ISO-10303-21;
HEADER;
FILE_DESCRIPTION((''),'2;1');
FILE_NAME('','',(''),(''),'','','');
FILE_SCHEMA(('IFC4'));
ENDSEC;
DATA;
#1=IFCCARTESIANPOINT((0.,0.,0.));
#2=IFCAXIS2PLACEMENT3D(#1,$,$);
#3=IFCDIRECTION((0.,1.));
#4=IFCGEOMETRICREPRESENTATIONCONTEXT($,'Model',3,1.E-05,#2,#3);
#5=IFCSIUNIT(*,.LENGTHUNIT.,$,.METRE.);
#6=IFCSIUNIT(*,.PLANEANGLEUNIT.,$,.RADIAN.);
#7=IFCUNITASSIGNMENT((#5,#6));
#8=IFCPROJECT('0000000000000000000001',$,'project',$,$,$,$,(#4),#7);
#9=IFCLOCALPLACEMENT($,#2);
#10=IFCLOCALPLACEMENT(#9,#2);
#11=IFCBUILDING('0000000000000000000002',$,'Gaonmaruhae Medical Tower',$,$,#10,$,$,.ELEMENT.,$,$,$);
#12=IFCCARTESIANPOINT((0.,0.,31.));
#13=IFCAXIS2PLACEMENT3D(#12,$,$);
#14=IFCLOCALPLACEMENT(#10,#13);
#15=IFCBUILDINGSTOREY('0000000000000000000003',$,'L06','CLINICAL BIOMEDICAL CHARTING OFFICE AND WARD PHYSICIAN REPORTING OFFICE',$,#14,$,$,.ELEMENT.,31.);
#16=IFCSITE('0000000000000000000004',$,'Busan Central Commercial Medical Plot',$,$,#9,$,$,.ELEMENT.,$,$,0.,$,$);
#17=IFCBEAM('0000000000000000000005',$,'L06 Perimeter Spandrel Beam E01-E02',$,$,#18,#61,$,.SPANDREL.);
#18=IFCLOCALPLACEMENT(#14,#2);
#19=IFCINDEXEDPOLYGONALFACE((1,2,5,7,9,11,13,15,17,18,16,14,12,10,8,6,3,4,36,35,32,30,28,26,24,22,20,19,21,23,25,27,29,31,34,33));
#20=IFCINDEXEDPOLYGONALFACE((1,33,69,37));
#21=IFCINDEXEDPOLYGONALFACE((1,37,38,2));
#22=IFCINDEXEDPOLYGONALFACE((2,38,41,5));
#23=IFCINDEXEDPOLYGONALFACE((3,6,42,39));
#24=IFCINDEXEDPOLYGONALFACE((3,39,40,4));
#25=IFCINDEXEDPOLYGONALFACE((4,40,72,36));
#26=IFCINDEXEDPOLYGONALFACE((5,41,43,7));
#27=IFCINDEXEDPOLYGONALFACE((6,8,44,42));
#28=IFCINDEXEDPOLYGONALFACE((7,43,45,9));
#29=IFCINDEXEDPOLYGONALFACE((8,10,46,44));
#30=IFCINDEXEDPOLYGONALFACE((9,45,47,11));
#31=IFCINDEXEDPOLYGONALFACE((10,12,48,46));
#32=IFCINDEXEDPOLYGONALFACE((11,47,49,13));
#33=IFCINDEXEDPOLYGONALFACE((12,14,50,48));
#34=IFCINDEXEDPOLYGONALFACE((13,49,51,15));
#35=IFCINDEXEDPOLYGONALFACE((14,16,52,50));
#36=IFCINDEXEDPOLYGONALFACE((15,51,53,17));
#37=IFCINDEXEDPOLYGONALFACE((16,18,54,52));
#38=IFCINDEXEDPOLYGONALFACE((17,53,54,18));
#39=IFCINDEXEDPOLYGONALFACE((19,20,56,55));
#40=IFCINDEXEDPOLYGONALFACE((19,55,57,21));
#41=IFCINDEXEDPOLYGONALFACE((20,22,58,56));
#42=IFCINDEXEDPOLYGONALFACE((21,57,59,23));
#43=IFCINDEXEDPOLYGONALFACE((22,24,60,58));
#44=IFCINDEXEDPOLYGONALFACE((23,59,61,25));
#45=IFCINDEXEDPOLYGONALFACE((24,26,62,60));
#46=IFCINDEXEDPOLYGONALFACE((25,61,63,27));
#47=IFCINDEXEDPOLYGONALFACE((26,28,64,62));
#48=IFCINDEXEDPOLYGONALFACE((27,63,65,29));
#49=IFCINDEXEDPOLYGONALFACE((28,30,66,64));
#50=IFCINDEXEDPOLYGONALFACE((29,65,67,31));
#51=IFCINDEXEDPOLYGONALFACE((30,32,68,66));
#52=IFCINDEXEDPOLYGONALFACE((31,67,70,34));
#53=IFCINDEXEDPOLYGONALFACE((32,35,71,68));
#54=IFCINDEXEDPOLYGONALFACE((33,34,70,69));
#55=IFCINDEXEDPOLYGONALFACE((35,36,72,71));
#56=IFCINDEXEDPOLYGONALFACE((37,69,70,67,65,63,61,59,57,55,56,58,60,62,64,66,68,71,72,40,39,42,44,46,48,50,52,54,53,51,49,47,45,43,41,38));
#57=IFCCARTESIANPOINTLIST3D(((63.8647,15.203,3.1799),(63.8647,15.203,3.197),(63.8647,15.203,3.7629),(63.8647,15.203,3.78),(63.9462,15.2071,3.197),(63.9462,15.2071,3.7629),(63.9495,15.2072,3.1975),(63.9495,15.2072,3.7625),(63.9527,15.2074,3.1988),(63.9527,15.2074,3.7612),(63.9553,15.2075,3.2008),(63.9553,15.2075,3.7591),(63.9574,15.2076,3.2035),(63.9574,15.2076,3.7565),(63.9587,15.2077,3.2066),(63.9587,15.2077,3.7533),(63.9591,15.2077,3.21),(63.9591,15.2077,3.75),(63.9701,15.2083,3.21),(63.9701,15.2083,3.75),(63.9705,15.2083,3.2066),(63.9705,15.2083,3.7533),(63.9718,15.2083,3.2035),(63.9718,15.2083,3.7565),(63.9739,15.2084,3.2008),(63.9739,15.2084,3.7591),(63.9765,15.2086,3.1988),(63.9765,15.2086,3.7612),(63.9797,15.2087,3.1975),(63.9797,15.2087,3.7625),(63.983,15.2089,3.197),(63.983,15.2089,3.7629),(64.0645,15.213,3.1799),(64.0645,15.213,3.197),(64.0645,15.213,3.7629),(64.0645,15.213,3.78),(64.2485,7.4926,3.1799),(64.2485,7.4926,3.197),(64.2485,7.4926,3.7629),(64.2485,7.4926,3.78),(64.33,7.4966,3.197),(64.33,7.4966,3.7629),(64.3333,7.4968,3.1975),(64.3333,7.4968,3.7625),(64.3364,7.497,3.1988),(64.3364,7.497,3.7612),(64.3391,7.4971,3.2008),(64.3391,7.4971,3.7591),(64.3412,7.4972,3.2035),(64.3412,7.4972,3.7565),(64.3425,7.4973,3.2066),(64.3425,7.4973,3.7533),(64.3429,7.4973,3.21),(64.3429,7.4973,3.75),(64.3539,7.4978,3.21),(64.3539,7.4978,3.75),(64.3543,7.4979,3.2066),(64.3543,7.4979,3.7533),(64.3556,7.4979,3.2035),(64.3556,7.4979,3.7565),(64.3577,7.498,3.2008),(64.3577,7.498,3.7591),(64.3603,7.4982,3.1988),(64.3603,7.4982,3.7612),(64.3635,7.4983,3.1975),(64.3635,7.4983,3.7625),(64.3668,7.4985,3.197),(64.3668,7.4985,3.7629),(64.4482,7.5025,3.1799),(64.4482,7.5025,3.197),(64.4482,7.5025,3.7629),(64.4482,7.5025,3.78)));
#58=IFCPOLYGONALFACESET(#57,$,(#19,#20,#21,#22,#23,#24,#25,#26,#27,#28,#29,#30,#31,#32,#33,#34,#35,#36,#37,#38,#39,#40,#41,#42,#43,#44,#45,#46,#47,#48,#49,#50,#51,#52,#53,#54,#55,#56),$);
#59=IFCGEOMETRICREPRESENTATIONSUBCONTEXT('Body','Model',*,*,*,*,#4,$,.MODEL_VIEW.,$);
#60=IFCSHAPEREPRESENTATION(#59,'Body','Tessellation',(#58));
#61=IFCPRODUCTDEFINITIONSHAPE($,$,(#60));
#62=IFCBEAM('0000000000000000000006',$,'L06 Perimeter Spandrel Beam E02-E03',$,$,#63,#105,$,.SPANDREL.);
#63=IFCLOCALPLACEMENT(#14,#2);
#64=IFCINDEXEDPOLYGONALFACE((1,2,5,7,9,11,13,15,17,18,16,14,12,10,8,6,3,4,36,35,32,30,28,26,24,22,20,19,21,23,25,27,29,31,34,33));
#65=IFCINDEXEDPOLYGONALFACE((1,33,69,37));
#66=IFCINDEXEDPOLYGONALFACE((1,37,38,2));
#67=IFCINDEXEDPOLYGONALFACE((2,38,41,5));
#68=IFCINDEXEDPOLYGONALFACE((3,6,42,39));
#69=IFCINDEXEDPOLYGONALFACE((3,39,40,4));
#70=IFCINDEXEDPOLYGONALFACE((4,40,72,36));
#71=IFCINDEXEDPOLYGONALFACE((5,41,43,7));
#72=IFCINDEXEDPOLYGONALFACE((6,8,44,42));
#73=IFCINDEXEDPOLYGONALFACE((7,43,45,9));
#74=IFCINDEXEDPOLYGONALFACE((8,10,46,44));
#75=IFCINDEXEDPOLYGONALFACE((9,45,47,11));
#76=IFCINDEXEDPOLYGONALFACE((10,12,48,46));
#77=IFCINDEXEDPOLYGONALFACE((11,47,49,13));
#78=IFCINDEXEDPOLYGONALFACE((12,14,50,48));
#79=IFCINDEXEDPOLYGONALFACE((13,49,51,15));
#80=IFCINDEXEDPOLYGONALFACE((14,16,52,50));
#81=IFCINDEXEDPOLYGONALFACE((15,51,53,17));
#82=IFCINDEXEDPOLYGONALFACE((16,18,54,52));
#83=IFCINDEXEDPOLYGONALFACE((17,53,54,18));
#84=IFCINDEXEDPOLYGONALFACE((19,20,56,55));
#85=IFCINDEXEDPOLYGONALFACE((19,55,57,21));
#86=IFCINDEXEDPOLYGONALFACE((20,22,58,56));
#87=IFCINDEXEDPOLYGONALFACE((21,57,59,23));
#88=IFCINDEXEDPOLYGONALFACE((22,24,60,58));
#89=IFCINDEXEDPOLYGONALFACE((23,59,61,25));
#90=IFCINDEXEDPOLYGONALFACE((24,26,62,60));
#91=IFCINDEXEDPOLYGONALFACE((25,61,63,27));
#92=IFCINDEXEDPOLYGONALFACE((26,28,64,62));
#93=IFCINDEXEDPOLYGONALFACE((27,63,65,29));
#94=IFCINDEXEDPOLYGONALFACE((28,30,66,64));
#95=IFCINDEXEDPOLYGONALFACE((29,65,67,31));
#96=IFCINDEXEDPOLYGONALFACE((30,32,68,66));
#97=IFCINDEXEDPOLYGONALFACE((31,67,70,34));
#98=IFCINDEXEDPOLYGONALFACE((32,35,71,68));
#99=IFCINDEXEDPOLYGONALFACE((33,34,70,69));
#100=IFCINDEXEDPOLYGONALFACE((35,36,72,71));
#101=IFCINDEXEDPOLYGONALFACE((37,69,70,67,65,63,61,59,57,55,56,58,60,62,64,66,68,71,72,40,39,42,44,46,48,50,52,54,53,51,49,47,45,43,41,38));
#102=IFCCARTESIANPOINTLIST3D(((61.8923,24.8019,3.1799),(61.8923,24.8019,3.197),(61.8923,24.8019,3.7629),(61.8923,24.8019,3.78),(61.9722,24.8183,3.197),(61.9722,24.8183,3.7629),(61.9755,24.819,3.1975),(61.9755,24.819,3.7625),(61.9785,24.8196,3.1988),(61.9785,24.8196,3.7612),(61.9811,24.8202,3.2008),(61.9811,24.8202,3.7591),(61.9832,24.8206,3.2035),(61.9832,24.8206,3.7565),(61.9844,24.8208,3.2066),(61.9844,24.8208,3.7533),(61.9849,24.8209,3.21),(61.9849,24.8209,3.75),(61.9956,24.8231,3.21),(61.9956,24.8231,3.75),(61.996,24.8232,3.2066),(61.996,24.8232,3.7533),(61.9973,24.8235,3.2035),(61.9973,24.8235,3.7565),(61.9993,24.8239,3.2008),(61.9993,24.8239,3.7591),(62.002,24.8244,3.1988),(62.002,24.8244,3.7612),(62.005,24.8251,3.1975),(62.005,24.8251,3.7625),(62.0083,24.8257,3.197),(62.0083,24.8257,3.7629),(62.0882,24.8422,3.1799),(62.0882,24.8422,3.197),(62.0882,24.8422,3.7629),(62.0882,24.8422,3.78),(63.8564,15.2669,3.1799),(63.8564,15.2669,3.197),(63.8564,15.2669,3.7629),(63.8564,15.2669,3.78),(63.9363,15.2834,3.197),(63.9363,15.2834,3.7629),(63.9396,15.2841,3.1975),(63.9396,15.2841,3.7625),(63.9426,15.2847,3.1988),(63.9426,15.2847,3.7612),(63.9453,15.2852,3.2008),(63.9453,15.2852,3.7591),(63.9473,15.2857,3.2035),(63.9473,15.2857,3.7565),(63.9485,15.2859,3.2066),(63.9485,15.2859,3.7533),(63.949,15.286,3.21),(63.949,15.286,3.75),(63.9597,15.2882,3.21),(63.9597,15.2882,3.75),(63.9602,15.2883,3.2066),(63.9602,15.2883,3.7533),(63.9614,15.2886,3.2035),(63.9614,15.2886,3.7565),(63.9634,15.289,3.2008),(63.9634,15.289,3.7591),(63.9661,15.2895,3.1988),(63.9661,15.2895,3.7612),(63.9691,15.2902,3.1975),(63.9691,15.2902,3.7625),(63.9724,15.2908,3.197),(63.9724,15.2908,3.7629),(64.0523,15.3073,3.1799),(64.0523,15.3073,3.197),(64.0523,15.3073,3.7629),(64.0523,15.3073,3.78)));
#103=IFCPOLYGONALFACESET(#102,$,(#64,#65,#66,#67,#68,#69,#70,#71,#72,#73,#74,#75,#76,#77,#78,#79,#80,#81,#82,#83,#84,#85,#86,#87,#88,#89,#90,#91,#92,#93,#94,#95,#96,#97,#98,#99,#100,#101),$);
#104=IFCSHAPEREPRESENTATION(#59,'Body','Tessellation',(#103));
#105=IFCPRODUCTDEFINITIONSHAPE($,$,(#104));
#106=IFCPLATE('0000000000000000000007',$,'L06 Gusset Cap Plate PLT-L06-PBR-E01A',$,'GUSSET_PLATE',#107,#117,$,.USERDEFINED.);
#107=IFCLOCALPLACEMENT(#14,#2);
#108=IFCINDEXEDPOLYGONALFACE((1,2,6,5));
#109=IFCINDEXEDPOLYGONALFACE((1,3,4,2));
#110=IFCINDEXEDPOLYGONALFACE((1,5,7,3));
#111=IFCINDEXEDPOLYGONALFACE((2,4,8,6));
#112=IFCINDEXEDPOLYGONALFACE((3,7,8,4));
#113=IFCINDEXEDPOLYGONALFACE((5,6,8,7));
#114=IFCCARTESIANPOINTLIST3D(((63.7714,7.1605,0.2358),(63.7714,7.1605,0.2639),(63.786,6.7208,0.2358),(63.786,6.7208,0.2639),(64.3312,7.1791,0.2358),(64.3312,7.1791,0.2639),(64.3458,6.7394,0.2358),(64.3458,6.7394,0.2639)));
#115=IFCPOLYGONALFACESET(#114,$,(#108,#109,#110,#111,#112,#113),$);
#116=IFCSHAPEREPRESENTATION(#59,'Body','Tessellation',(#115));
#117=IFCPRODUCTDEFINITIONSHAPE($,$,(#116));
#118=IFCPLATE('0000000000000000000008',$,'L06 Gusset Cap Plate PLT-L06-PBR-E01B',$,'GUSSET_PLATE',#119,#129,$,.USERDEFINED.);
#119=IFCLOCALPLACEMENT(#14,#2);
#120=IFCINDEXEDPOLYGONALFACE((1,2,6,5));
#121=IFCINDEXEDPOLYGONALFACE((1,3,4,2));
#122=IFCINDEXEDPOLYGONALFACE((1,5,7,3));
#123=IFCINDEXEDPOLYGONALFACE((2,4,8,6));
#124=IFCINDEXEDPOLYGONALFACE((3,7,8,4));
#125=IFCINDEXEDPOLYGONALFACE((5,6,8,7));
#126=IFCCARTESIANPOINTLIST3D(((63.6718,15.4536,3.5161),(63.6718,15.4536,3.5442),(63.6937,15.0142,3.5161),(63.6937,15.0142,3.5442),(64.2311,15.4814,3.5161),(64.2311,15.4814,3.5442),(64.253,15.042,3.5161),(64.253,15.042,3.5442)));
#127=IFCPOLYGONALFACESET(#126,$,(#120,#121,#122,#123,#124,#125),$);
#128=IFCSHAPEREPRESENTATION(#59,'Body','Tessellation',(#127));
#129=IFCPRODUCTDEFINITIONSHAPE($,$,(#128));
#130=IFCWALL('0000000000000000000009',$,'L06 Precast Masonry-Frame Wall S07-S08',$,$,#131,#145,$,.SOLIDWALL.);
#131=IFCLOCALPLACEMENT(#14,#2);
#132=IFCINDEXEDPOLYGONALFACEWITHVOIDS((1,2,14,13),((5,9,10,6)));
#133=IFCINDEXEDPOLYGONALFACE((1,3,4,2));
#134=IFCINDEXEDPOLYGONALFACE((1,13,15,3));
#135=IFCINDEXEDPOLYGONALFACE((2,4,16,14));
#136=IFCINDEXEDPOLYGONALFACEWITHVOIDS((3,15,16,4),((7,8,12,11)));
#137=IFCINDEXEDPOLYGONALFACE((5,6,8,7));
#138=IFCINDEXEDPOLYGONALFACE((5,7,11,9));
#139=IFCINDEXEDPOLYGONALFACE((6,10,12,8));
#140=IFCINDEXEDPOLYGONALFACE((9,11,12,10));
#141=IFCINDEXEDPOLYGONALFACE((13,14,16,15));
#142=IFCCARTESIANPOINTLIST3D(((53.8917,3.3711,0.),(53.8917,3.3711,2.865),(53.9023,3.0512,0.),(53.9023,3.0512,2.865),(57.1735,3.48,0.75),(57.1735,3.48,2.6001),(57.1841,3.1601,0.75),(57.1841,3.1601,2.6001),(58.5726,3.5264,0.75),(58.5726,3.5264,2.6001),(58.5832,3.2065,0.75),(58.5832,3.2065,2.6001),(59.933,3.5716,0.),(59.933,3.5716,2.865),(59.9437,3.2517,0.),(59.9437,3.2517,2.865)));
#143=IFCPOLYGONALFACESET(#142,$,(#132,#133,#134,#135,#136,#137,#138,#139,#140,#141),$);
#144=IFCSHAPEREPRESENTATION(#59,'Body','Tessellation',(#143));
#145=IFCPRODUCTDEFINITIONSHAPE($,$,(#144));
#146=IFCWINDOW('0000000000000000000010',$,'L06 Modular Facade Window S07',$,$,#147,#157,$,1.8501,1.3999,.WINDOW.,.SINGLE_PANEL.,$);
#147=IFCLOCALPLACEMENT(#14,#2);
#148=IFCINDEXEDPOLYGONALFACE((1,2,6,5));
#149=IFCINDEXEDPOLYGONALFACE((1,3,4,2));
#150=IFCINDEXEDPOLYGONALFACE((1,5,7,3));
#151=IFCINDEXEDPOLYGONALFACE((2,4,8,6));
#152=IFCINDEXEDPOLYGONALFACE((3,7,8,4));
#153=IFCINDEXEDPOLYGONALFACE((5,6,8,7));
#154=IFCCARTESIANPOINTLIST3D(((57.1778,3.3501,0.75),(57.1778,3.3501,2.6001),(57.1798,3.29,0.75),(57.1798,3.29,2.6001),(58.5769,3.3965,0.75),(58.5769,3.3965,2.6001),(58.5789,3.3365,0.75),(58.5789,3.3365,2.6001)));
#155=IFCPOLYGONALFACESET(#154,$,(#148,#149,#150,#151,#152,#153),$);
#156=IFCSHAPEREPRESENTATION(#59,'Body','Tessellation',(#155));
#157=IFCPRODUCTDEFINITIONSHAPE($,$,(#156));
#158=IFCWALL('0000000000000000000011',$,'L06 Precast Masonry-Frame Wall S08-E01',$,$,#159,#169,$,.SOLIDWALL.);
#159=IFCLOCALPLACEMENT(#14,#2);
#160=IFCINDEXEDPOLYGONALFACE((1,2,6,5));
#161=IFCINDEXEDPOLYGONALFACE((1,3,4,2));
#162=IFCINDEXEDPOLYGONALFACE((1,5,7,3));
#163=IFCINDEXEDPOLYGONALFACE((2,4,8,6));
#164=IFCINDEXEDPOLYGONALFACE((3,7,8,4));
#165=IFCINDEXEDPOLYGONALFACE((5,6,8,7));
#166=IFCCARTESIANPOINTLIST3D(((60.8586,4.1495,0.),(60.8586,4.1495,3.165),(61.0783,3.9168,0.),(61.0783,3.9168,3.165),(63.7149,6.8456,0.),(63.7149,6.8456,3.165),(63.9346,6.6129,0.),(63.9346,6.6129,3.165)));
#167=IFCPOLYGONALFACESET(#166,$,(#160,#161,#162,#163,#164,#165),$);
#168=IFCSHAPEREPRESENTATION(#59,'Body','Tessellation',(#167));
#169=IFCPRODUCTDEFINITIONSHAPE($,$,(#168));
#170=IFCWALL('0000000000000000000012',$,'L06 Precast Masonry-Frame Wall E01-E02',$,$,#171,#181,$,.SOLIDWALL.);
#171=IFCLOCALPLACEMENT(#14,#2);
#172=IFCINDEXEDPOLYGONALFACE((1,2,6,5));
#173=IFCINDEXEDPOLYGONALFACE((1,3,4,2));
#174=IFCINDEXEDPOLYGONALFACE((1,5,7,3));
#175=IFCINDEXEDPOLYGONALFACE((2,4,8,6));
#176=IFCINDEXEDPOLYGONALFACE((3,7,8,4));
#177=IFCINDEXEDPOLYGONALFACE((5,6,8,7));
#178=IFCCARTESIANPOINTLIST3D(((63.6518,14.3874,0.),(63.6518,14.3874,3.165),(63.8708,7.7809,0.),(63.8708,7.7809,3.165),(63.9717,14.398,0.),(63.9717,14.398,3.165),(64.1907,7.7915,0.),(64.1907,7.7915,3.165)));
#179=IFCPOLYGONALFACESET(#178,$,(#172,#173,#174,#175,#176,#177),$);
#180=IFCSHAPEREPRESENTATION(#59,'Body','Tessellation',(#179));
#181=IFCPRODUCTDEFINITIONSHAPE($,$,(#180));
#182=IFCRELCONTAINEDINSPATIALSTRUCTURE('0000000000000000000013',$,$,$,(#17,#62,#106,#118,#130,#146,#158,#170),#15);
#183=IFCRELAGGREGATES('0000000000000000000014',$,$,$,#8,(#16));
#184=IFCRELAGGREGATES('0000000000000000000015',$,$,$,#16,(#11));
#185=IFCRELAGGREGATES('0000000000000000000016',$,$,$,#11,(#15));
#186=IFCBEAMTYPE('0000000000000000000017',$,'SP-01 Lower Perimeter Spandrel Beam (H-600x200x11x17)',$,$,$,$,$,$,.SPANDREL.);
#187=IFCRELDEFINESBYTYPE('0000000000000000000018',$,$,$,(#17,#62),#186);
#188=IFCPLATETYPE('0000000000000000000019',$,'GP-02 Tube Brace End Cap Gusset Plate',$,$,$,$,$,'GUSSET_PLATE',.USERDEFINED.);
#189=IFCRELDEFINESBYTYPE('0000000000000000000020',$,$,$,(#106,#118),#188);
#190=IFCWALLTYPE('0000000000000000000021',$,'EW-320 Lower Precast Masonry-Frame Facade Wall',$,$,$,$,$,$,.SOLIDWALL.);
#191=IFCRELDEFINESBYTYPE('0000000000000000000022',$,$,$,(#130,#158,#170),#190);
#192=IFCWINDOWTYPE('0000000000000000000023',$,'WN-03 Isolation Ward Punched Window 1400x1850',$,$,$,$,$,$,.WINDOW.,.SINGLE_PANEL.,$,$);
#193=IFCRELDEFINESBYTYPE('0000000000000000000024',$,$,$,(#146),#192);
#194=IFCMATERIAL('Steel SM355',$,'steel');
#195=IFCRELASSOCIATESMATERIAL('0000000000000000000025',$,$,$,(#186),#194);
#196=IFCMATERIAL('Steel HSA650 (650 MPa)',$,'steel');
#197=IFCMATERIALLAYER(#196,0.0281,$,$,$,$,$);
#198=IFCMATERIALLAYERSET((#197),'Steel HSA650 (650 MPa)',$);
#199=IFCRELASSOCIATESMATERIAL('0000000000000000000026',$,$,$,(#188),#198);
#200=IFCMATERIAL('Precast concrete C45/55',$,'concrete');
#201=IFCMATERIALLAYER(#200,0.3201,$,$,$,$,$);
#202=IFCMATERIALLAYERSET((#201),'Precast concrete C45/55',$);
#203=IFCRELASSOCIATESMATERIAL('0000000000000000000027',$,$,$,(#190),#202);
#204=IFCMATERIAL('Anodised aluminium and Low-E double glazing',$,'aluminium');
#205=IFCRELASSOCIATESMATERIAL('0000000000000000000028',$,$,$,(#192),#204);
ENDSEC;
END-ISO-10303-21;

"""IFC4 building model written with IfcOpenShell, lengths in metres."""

from ifc_helpers import new_model, si_unit, direction, frame, frame_2d, origin, origin_2d, place, context, subcontext, project, spatial, rectangle, i_section, extrude, material, layer, layer_set, material_profile, profile_set, type_object, element, fill, save


model = new_model("IFC4")

# Units and contexts
model_context = context("Model", 3, precision=1e-05, world=origin(), true_north=direction((0.0, 1.0)))
body_context = subcontext(model_context, "Body", "Model", "MODEL_VIEW")
ifc_project = project(units=[si_unit("LENGTHUNIT", "METRE"), si_unit("PLANEANGLEUNIT", "RADIAN")], contexts=[model_context])

# Site, building, storey
site_placement = place(None, origin())
site = spatial("IfcSite", under=ifc_project, at=site_placement, Name="Busan Central Commercial Medical Plot", CompositionType="ELEMENT", RefElevation=0.0)
building_placement = place(site_placement, origin())
building = spatial("IfcBuilding", under=site, at=building_placement, Name="Gaonmaruhae Medical Tower", CompositionType="ELEMENT")
storey_placement = place(building_placement, frame((0.0, 0.0, 31.0)))
storey = spatial("IfcBuildingStorey", under=building, at=storey_placement, Name="L06", Description="CLINICAL BIOMEDICAL CHARTING OFFICE AND WARD PHYSICIAN REPORTING OFFICE", CompositionType="ELEMENT", Elevation=31.0)

# Beams
ifc_material_1 = material(Name="Steel SM355", Category="steel")
ifc_material_profile_1 = material_profile(ifc_material_1, i_section(OverallWidth=0.2, OverallDepth=0.6001, WebThickness=0.011, FlangeThickness=0.0171, FilletRadius=0.0129, at=origin_2d()), Name="H-600x200x11x17")
ifc_profile_set_1 = profile_set([ifc_material_profile_1], Name="Steel SM355")
beam_type = type_object("IfcBeamType", Name="SP-01 Lower Perimeter Spandrel Beam (H-600x200x11x17)", PredefinedType="SPANDREL", material=ifc_profile_set_1)
beam_1_placement = place(storey_placement, frame((64.3484, 7.4976, 3.48), z_axis=(-0.049714, 0.998764, 0.0), x_axis=(-0.998764, -0.049714, 0.0)))
element("IfcBeam", 1, at=beam_1_placement, inside=storey, type_object=beam_type, Name="L06 Perimeter Spandrel Beam E01-E02", PredefinedType="SPANDREL", context=body_context, shape_type="SweptSolid", body=[
    extrude(i_section(OverallWidth=0.2, OverallDepth=0.6001, WebThickness=0.011, FlangeThickness=0.0171, FilletRadius=0.0129, at=origin_2d()), origin(), (0.0, 0.0, 1.0), 7.72),
])
beam_2_placement = place(storey_placement, frame((63.9543, 15.2871, 3.48), z_axis=(-0.201756, 0.979436, 0.0), x_axis=(-0.979436, -0.201756, 0.0)))
element("IfcBeam", 2, at=beam_2_placement, inside=storey, type_object=beam_type, Name="L06 Perimeter Spandrel Beam E02-E03", PredefinedType="SPANDREL", context=body_context, shape_type="SweptSolid", body=[
    extrude(i_section(OverallWidth=0.2, OverallDepth=0.6001, WebThickness=0.011, FlangeThickness=0.0171, FilletRadius=0.0129, at=origin_2d()), origin(), (0.0, 0.0, 1.0), 9.7351),
])

# Plates
ifc_material_2 = material(Name="Steel HSA650 (650 MPa)", Category="steel")
ifc_layer_1 = layer(ifc_material_2, 0.0281)
ifc_layer_set_1 = layer_set([ifc_layer_1], Name="Steel HSA650 (650 MPa)")
plate_type = type_object("IfcPlateType", Name="GP-02 Tube Brace End Cap Gusset Plate", ElementType="GUSSET_PLATE", PredefinedType="USERDEFINED", material=ifc_layer_set_1)
for number, where, z_axis, x_axis, name in (
    (3, (64.0586, 6.95, 0.2358), (0.0, 0.0, 1.0), (0.99945, 0.033155, 0.0), "L06 Gusset Cap Plate PLT-L06-PBR-E01A"),
    (4, (63.9624, 15.2478, 3.5161), (0.0, 0.0, 1.0), (0.998763, 0.049721, 0.0), "L06 Gusset Cap Plate PLT-L06-PBR-E01B"),
):
    element("IfcPlate", number, at=place(storey_placement, frame(where, z_axis=z_axis, x_axis=x_axis)), inside=storey, type_object=plate_type, Name=name, ObjectType="GUSSET_PLATE", PredefinedType="USERDEFINED", context=body_context, shape_type="SweptSolid", body=[
        extrude(rectangle(XDim=0.5601, YDim=0.4399, at=origin_2d()), origin(), (0.0, 0.0, 1.0), 0.0281),
    ])

# Wall, opening, window
ifc_material_3 = material(Name="Precast concrete C45/55", Category="concrete")
ifc_layer_2 = layer(ifc_material_3, 0.3201)
ifc_layer_set_2 = layer_set([ifc_layer_2], Name="Precast concrete C45/55")
wall_type_1 = type_object("IfcWallType", Name="EW-320 Lower Precast Masonry-Frame Facade Wall", PredefinedType="SOLIDWALL", material=ifc_layer_set_2)
wall_1_placement = place(storey_placement, frame((59.9385, 3.4116, 0.0), z_axis=(0.0, 0.0, 1.0), x_axis=(-0.99945, -0.03316, 0.0)))
wall_1 = element("IfcWall", 5, at=wall_1_placement, inside=storey, type_object=wall_type_1, Name="L06 Precast Masonry-Frame Wall S07-S08", PredefinedType="SOLIDWALL", context=body_context, shape_type="SweptSolid", body=[
    extrude(rectangle(XDim=6.0447, YDim=0.3201, at=frame_2d((3.0225, 0.0))), origin(), (0.0, 0.0, 1.0), 2.865),
])
opening_placement = place(wall_1_placement, frame((1.3613, 0.0, 0.75)))
opening = element("IfcOpeningElement", 6, at=opening_placement, cuts=wall_1, PredefinedType="OPENING", context=body_context, shape_type="SweptSolid", body=[
    extrude(rectangle(XDim=1.3999, YDim=1.8501, at=frame_2d((0.7, 0.925))), frame((0.0, 0.1699, 0.0), z_axis=(0.0, -1.0, 0.0), x_axis=(1.0, 0.0, 0.0)), (0.0, 0.0, 1.0), 0.3401),
])
ifc_material_4 = material(Name="Anodised aluminium and Low-E double glazing", Category="aluminium")
window_type = type_object("IfcWindowType", Name="WN-03 Isolation Ward Punched Window 1400x1850", PartitioningType="SINGLE_PANEL", PredefinedType="WINDOW", material=ifc_material_4)
window_placement = place(opening_placement, origin())
window = element("IfcWindow", 7, at=window_placement, inside=storey, type_object=window_type, Name="L06 Modular Facade Window S07", OverallHeight=1.8501, OverallWidth=1.3999, PartitioningType="SINGLE_PANEL", PredefinedType="WINDOW", context=body_context, shape_type="SweptSolid", body=[
    extrude(rectangle(XDim=1.3999, YDim=1.8501, at=frame_2d((0.7, 0.925))), frame((0.0, 0.03, 0.0), z_axis=(0.0, -1.0, 0.0), x_axis=(1.0, 0.0, 0.0)), (0.0, 0.0, 1.0), 0.0601),
])
fill(opening, window)

# Walls
wall_2_placement = place(storey_placement, frame((63.8247, 6.7292, 0.0), z_axis=(0.0, 0.0, 1.0), x_axis=(-0.727201, -0.686425, 0.0)))
element("IfcWall", 8, at=wall_2_placement, inside=storey, type_object=wall_type_1, Name="L06 Precast Masonry-Frame Wall S08-E01", PredefinedType="SOLIDWALL", context=body_context, shape_type="SweptSolid", body=[
    extrude(rectangle(XDim=3.9277, YDim=0.3201, at=frame_2d((1.9639, 0.0))), origin(), (0.0, 0.0, 1.0), 3.165),
])
wall_3_placement = place(storey_placement, frame((63.8118, 14.3928, 0.0), z_axis=(0.0, 0.0, 1.0), x_axis=(0.03313, -0.999451, 0.0)))
element("IfcWall", 9, at=wall_3_placement, inside=storey, type_object=wall_type_1, Name="L06 Precast Masonry-Frame Wall E01-E02", PredefinedType="SOLIDWALL", context=body_context, shape_type="SweptSolid", body=[
    extrude(rectangle(XDim=6.6101, YDim=0.3201, at=frame_2d((3.3052, 0.0))), origin(), (0.0, 0.0, 1.0), 3.165),
])

save(model, "model.ifc")
